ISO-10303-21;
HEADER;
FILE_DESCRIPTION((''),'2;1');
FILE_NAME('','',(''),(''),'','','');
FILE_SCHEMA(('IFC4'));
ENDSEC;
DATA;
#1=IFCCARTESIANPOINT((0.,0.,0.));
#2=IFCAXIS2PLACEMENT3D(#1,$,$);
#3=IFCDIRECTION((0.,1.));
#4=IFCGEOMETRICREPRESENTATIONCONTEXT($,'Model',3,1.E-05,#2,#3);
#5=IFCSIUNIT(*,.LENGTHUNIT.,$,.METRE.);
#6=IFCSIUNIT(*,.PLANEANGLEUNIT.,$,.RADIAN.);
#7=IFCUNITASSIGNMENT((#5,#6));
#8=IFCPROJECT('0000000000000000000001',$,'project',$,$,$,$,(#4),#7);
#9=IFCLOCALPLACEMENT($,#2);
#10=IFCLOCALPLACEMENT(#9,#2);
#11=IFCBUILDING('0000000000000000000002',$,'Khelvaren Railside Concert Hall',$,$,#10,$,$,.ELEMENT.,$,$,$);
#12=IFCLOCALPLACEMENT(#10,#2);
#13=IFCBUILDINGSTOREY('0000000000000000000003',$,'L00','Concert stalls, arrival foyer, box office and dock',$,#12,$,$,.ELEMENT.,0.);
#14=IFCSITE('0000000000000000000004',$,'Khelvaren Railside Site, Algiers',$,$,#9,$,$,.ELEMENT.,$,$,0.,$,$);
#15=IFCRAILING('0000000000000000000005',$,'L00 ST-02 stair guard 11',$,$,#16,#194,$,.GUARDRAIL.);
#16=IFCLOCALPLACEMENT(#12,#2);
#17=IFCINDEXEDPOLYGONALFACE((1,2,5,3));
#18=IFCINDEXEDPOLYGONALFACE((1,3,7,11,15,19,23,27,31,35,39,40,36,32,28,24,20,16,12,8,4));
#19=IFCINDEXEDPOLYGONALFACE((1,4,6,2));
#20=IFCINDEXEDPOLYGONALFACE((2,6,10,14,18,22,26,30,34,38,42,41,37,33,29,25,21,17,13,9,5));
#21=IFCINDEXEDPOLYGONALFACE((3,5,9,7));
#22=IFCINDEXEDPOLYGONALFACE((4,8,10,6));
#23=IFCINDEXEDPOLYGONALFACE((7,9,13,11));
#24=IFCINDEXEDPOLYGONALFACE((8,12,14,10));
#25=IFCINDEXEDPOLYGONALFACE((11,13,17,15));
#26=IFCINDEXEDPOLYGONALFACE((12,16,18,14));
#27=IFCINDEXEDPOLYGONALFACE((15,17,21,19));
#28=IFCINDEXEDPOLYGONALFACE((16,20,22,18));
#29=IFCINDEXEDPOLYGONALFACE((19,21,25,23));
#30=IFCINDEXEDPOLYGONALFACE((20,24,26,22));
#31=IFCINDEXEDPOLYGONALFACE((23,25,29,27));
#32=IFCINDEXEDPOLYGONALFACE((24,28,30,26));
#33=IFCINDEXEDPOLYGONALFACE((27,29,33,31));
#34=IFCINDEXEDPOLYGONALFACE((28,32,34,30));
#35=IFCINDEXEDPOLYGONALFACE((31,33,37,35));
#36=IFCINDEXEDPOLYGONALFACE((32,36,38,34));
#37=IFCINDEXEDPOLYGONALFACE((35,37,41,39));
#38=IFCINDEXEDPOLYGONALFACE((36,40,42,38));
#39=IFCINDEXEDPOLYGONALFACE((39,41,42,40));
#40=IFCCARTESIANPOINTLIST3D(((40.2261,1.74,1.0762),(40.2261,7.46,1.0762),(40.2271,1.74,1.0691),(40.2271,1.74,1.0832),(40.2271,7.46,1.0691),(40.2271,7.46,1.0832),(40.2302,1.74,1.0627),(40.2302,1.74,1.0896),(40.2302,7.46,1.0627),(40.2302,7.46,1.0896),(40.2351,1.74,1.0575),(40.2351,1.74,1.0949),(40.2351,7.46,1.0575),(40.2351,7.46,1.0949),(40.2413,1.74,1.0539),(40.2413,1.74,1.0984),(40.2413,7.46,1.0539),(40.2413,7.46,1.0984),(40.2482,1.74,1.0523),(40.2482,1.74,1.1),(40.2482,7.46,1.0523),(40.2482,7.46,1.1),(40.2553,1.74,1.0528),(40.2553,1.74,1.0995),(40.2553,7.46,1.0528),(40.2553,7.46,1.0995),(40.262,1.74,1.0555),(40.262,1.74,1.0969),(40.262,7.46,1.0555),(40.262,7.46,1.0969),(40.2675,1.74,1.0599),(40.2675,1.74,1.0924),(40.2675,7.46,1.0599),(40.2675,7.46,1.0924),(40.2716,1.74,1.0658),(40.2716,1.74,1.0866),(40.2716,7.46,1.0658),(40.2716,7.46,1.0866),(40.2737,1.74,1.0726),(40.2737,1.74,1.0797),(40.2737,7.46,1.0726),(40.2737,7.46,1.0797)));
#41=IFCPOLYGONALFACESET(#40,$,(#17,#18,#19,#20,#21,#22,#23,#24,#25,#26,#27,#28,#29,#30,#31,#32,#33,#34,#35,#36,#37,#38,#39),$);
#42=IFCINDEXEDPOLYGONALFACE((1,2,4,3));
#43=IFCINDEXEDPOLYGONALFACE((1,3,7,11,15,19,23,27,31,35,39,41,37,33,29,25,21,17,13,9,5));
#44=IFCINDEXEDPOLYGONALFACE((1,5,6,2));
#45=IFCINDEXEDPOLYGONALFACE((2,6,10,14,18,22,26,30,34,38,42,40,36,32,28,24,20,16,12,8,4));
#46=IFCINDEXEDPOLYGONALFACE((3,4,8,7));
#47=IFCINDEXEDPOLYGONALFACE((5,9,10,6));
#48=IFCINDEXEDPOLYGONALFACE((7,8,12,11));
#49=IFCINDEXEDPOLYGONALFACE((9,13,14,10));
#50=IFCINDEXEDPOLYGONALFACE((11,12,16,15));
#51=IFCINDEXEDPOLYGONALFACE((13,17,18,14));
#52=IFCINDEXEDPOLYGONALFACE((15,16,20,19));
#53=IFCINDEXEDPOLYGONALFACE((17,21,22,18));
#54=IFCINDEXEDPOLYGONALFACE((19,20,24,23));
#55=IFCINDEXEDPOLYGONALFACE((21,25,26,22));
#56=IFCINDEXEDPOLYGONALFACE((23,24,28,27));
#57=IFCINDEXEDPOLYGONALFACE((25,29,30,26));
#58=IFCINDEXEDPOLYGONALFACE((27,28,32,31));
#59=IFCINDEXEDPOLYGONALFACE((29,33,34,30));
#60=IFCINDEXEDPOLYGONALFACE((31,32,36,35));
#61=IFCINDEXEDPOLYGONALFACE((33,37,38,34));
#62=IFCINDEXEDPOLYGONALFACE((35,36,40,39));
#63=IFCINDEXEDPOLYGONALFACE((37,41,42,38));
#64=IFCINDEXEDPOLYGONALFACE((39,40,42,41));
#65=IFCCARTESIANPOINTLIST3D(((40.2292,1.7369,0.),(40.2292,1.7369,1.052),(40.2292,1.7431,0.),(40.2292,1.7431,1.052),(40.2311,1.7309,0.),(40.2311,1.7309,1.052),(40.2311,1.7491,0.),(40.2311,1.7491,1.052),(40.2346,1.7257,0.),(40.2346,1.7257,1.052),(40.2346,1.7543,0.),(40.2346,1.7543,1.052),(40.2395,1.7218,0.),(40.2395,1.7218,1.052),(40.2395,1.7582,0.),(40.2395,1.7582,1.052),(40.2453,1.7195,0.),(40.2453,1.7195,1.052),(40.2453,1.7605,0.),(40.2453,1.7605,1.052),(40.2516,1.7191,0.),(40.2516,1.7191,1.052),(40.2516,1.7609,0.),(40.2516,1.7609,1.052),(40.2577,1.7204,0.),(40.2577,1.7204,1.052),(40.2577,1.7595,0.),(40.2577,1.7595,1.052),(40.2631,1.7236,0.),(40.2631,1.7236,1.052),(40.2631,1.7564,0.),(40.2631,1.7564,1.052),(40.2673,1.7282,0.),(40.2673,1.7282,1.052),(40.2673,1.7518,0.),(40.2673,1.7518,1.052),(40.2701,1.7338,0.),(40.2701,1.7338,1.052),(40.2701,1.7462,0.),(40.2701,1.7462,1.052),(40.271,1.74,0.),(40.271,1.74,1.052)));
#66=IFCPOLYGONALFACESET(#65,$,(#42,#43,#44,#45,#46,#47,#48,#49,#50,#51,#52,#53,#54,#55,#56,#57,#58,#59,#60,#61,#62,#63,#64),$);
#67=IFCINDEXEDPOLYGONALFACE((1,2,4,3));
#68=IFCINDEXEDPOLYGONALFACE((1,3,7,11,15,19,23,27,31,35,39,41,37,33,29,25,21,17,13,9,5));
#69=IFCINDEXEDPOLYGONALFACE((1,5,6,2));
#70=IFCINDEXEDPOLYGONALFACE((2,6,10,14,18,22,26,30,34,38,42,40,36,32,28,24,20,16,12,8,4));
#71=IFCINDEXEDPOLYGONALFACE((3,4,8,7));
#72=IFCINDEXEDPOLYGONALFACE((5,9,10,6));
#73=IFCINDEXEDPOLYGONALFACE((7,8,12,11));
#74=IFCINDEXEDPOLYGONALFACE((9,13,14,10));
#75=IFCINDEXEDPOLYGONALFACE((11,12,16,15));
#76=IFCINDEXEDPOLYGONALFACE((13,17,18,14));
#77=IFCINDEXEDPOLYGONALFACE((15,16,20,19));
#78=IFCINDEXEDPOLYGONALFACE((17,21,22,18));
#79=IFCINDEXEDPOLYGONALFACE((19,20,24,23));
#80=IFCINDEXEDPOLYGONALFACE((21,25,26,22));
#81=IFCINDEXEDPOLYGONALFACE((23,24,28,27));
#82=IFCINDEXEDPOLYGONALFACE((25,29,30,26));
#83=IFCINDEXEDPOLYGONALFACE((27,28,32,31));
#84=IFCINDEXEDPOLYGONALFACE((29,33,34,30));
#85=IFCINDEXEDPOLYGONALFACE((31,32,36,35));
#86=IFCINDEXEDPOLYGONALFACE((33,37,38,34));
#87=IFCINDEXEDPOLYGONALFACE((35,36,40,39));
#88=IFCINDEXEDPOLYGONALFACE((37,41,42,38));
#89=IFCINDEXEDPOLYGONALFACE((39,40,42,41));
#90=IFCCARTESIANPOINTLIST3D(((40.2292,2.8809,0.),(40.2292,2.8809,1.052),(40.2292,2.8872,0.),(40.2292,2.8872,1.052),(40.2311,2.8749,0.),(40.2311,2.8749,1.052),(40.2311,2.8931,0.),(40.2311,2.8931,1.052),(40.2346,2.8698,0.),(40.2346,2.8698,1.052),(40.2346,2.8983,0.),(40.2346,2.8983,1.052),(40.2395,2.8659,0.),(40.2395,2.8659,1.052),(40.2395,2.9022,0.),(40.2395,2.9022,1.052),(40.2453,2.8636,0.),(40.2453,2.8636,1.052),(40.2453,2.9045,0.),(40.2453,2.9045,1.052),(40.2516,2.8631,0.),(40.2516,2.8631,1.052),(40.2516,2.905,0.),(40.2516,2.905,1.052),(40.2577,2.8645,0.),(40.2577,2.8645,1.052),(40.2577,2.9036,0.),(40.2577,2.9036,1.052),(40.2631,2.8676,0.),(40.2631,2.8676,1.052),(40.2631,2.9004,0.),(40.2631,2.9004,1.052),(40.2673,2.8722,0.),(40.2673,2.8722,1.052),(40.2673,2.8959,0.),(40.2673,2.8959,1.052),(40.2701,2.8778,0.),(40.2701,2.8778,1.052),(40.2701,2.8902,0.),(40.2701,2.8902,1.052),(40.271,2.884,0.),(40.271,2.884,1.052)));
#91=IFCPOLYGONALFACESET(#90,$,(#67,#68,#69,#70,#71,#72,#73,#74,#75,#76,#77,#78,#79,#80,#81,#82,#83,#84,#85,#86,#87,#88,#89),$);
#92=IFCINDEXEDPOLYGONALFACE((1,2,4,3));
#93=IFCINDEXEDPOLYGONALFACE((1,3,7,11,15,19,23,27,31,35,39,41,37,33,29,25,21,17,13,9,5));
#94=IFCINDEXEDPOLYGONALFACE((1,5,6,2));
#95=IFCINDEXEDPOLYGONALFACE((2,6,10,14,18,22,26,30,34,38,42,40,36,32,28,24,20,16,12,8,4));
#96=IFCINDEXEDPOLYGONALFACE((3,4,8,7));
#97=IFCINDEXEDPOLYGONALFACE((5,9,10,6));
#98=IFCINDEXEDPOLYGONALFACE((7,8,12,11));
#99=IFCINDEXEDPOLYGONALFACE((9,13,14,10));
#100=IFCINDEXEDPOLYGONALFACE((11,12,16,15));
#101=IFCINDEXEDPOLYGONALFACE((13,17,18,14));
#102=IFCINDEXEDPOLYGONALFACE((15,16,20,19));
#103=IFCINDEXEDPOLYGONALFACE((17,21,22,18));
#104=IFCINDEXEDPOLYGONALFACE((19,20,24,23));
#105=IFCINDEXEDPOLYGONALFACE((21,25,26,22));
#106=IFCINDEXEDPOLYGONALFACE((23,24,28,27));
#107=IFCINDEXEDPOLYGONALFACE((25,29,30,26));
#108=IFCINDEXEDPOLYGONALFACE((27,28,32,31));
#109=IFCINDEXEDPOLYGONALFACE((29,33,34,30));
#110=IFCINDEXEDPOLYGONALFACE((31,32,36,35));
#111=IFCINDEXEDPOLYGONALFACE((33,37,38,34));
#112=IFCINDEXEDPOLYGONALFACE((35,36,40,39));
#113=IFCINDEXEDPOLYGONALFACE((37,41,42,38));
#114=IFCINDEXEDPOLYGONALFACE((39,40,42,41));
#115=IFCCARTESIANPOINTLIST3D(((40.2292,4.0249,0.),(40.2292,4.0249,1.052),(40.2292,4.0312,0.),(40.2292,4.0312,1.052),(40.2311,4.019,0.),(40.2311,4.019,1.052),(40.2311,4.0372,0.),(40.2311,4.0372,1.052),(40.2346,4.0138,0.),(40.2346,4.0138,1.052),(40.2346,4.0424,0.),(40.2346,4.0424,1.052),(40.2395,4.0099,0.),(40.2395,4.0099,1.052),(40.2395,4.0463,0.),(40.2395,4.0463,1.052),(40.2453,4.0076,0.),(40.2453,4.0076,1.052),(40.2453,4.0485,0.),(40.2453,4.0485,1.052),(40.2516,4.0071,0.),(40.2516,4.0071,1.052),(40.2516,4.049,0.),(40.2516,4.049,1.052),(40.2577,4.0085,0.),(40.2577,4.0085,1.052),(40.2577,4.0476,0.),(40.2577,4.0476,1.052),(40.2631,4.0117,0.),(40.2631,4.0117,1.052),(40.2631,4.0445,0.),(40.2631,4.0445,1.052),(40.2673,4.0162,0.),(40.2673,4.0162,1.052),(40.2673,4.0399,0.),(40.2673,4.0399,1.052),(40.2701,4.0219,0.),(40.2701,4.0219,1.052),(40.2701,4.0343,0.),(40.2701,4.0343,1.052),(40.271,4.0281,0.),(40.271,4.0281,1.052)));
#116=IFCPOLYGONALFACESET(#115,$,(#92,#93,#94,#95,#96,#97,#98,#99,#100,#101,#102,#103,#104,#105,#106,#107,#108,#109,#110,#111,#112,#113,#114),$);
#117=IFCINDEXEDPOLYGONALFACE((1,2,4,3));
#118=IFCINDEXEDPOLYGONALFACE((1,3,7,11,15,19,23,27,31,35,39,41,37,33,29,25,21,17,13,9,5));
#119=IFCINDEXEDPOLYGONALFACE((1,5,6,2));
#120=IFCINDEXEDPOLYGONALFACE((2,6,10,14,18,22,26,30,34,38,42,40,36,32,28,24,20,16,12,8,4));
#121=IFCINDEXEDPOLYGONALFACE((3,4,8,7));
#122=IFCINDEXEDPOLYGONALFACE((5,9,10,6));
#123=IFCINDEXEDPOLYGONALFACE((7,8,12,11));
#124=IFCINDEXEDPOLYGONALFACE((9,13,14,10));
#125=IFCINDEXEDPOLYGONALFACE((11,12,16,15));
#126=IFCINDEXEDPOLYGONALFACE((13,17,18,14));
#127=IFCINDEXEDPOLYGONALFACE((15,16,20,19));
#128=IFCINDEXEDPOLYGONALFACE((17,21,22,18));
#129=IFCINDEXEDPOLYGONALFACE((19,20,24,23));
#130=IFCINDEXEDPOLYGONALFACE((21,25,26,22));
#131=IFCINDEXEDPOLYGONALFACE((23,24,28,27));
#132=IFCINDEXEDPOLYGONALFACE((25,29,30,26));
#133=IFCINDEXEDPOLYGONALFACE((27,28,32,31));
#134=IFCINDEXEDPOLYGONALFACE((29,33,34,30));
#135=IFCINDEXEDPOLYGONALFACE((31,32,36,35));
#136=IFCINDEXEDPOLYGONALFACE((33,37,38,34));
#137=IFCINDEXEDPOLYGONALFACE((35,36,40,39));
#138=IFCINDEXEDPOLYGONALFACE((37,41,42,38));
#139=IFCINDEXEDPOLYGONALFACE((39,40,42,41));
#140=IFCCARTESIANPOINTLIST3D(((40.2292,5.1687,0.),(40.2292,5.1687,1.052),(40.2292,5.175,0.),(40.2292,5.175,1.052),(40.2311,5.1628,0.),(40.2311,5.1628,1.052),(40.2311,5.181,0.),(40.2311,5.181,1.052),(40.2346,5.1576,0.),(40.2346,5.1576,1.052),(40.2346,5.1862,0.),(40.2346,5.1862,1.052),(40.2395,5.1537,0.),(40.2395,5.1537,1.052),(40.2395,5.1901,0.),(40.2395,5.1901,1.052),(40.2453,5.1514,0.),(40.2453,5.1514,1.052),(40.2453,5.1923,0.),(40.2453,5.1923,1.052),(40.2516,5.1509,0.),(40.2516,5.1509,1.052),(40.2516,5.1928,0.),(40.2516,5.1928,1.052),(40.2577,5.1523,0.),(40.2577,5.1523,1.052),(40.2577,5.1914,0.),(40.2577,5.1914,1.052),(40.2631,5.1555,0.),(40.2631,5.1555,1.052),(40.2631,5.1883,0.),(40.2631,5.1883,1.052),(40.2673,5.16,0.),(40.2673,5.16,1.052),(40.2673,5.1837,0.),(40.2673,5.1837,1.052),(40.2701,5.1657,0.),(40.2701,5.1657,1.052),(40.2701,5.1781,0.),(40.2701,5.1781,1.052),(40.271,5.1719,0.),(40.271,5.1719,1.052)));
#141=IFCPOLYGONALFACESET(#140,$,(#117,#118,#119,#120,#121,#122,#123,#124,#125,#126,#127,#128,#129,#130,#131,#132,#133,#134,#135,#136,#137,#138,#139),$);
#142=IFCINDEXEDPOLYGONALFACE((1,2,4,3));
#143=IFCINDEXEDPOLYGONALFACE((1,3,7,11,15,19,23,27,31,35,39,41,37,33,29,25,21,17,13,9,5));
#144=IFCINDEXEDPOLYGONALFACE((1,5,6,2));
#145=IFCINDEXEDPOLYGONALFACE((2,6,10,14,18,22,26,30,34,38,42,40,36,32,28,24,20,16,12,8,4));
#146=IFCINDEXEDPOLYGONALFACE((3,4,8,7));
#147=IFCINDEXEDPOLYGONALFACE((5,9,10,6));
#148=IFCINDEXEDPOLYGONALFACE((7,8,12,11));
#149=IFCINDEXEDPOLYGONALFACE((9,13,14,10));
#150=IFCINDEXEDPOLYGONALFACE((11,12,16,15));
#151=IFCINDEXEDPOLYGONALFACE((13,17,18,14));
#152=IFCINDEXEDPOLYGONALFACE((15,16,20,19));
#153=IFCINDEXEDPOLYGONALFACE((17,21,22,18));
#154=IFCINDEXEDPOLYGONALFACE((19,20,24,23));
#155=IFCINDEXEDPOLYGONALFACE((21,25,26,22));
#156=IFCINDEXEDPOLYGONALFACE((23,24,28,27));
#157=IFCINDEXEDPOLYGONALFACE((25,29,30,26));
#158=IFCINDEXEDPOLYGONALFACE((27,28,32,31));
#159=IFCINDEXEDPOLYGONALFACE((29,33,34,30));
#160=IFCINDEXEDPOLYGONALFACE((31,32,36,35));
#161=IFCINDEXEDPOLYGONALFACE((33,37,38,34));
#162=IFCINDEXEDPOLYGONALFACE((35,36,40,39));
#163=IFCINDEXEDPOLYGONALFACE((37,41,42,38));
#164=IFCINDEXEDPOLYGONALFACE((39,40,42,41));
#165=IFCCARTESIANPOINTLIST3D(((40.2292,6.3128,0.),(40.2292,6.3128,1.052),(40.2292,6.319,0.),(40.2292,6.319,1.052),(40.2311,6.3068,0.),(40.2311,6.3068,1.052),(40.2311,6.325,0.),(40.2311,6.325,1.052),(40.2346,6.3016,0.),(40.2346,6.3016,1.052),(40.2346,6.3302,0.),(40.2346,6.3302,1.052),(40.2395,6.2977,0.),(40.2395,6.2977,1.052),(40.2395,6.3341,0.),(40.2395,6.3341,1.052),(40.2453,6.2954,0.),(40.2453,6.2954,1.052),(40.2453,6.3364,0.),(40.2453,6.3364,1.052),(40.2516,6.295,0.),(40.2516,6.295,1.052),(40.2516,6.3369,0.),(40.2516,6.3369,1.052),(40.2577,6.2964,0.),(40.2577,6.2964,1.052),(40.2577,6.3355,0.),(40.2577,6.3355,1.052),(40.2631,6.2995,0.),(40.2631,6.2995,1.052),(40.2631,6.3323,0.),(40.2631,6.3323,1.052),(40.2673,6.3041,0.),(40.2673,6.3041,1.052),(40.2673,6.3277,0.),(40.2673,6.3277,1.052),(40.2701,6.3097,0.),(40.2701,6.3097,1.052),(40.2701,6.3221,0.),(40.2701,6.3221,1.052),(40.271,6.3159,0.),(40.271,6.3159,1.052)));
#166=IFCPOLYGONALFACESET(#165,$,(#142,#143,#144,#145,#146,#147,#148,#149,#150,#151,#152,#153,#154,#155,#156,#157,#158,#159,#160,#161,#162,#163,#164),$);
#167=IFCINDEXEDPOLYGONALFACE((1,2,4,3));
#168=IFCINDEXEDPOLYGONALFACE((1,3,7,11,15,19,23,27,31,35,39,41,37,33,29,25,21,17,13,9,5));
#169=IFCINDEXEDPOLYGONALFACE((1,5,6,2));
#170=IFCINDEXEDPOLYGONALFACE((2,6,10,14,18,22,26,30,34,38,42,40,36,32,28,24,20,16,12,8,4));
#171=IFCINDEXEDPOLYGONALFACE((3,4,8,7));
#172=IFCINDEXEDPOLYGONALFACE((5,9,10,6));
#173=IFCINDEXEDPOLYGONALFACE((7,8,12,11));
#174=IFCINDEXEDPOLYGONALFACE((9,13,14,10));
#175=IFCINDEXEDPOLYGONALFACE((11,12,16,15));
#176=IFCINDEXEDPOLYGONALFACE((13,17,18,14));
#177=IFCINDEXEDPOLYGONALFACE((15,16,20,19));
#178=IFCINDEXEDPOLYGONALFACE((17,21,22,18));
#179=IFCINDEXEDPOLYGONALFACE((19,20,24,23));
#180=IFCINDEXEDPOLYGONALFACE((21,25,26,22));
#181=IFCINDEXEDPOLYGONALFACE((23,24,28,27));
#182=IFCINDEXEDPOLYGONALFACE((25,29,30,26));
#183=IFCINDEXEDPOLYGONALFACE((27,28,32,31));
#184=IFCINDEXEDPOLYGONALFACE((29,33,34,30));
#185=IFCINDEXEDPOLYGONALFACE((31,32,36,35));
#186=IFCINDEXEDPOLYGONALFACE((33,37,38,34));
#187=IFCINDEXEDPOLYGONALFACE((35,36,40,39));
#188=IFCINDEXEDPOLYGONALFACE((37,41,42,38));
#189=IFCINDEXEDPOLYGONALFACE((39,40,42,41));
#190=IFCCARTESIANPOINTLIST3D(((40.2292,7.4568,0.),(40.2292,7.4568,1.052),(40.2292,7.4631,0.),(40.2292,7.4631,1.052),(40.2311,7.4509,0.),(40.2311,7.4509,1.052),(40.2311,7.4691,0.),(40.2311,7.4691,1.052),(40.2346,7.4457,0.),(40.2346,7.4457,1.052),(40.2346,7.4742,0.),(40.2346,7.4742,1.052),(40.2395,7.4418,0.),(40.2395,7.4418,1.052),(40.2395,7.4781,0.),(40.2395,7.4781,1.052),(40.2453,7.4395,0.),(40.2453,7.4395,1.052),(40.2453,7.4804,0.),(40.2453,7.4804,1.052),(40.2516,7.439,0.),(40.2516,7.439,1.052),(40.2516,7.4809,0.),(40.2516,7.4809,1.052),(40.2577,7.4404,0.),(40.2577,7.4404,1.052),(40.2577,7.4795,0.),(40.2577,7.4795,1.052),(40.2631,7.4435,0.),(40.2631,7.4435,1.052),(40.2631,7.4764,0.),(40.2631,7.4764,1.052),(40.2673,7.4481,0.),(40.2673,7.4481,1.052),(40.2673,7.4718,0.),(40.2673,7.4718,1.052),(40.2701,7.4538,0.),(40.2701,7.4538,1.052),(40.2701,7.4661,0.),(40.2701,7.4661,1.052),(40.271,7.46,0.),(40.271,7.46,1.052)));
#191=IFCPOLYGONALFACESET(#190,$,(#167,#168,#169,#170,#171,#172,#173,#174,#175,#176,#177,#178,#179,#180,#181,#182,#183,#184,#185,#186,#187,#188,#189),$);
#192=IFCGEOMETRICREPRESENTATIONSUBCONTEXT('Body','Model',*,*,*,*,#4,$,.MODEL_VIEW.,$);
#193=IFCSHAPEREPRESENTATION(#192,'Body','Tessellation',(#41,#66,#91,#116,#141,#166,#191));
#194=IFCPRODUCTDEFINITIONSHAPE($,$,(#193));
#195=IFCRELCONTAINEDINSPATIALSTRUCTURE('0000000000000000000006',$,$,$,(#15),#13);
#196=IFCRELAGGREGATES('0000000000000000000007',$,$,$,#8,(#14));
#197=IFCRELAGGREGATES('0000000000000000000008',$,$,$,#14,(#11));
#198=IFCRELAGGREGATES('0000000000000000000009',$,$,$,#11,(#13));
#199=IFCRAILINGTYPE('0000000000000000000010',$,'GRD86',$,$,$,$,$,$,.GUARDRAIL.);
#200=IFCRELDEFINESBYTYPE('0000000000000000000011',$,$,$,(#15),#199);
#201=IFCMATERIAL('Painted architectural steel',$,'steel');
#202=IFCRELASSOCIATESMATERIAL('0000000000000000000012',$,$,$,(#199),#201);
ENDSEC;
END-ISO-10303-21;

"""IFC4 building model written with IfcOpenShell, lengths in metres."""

from ifc_helpers import new_model, si_unit, direction, frame, origin, origin_2d, place, context, subcontext, project, spatial, circle, extrude, material, type_object, element, save


model = new_model("IFC4")

# Units and contexts
model_context = context("Model", 3, precision=1e-05, world=origin(), true_north=direction((0.0, 1.0)))
body_context = subcontext(model_context, "Body", "Model", "MODEL_VIEW")
ifc_project = project(units=[si_unit("LENGTHUNIT", "METRE"), si_unit("PLANEANGLEUNIT", "RADIAN")], contexts=[model_context])

# Site, building, storey
site_placement = place(None, origin())
site = spatial("IfcSite", under=ifc_project, at=site_placement, Name="Khelvaren Railside Site, Algiers", CompositionType="ELEMENT", RefElevation=0.0)
building_placement = place(site_placement, origin())
building = spatial("IfcBuilding", under=site, at=building_placement, Name="Khelvaren Railside Concert Hall", CompositionType="ELEMENT")
storey_placement = place(building_placement, origin())
storey = spatial("IfcBuildingStorey", under=building, at=storey_placement, Name="L00", Description="Concert stalls, arrival foyer, box office and dock", CompositionType="ELEMENT", Elevation=0.0)

# Railing
ifc_material_1 = material(Name="Painted architectural steel", Category="steel")
railing_type_1 = type_object("IfcRailingType", Name="GRD86", PredefinedType="GUARDRAIL", material=ifc_material_1)
for number, where, name in (
    (1, (40.25, 1.74, 0.0), "L00 ST-02 stair guard 11"),
):
    element("IfcRailing", number, at=place(storey_placement, frame(where)), inside=storey, type_object=railing_type_1, Name=name, PredefinedType="GUARDRAIL", context=body_context, shape_type="SweptSolid", body=[
        extrude(circle(Radius=0.0239, at=origin_2d()), frame((0.0, 0.0, 1.0762), z_axis=(0.0, 1.0, 0.0), x_axis=(-1.0, 0.0, 0.0)), (0.0, 0.0, 1.0), 5.72),
        extrude(circle(Radius=0.021, at=origin_2d()), origin(), (0.0, 0.0, 1.0), 1.052),
        extrude(circle(Radius=0.021, at=origin_2d()), frame((0.0, 1.144, 0.0)), (0.0, 0.0, 1.0), 1.052),
        extrude(circle(Radius=0.021, at=origin_2d()), frame((0.0, 2.2881, 0.0)), (0.0, 0.0, 1.0), 1.052),
        extrude(circle(Radius=0.021, at=origin_2d()), frame((0.0, 3.4319, 0.0)), (0.0, 0.0, 1.0), 1.052),
        extrude(circle(Radius=0.021, at=origin_2d()), frame((0.0, 4.5759, 0.0)), (0.0, 0.0, 1.0), 1.052),
        extrude(circle(Radius=0.021, at=origin_2d()), frame((0.0, 5.72, 0.0)), (0.0, 0.0, 1.0), 1.052),
    ])

save(model, "model.ifc")
